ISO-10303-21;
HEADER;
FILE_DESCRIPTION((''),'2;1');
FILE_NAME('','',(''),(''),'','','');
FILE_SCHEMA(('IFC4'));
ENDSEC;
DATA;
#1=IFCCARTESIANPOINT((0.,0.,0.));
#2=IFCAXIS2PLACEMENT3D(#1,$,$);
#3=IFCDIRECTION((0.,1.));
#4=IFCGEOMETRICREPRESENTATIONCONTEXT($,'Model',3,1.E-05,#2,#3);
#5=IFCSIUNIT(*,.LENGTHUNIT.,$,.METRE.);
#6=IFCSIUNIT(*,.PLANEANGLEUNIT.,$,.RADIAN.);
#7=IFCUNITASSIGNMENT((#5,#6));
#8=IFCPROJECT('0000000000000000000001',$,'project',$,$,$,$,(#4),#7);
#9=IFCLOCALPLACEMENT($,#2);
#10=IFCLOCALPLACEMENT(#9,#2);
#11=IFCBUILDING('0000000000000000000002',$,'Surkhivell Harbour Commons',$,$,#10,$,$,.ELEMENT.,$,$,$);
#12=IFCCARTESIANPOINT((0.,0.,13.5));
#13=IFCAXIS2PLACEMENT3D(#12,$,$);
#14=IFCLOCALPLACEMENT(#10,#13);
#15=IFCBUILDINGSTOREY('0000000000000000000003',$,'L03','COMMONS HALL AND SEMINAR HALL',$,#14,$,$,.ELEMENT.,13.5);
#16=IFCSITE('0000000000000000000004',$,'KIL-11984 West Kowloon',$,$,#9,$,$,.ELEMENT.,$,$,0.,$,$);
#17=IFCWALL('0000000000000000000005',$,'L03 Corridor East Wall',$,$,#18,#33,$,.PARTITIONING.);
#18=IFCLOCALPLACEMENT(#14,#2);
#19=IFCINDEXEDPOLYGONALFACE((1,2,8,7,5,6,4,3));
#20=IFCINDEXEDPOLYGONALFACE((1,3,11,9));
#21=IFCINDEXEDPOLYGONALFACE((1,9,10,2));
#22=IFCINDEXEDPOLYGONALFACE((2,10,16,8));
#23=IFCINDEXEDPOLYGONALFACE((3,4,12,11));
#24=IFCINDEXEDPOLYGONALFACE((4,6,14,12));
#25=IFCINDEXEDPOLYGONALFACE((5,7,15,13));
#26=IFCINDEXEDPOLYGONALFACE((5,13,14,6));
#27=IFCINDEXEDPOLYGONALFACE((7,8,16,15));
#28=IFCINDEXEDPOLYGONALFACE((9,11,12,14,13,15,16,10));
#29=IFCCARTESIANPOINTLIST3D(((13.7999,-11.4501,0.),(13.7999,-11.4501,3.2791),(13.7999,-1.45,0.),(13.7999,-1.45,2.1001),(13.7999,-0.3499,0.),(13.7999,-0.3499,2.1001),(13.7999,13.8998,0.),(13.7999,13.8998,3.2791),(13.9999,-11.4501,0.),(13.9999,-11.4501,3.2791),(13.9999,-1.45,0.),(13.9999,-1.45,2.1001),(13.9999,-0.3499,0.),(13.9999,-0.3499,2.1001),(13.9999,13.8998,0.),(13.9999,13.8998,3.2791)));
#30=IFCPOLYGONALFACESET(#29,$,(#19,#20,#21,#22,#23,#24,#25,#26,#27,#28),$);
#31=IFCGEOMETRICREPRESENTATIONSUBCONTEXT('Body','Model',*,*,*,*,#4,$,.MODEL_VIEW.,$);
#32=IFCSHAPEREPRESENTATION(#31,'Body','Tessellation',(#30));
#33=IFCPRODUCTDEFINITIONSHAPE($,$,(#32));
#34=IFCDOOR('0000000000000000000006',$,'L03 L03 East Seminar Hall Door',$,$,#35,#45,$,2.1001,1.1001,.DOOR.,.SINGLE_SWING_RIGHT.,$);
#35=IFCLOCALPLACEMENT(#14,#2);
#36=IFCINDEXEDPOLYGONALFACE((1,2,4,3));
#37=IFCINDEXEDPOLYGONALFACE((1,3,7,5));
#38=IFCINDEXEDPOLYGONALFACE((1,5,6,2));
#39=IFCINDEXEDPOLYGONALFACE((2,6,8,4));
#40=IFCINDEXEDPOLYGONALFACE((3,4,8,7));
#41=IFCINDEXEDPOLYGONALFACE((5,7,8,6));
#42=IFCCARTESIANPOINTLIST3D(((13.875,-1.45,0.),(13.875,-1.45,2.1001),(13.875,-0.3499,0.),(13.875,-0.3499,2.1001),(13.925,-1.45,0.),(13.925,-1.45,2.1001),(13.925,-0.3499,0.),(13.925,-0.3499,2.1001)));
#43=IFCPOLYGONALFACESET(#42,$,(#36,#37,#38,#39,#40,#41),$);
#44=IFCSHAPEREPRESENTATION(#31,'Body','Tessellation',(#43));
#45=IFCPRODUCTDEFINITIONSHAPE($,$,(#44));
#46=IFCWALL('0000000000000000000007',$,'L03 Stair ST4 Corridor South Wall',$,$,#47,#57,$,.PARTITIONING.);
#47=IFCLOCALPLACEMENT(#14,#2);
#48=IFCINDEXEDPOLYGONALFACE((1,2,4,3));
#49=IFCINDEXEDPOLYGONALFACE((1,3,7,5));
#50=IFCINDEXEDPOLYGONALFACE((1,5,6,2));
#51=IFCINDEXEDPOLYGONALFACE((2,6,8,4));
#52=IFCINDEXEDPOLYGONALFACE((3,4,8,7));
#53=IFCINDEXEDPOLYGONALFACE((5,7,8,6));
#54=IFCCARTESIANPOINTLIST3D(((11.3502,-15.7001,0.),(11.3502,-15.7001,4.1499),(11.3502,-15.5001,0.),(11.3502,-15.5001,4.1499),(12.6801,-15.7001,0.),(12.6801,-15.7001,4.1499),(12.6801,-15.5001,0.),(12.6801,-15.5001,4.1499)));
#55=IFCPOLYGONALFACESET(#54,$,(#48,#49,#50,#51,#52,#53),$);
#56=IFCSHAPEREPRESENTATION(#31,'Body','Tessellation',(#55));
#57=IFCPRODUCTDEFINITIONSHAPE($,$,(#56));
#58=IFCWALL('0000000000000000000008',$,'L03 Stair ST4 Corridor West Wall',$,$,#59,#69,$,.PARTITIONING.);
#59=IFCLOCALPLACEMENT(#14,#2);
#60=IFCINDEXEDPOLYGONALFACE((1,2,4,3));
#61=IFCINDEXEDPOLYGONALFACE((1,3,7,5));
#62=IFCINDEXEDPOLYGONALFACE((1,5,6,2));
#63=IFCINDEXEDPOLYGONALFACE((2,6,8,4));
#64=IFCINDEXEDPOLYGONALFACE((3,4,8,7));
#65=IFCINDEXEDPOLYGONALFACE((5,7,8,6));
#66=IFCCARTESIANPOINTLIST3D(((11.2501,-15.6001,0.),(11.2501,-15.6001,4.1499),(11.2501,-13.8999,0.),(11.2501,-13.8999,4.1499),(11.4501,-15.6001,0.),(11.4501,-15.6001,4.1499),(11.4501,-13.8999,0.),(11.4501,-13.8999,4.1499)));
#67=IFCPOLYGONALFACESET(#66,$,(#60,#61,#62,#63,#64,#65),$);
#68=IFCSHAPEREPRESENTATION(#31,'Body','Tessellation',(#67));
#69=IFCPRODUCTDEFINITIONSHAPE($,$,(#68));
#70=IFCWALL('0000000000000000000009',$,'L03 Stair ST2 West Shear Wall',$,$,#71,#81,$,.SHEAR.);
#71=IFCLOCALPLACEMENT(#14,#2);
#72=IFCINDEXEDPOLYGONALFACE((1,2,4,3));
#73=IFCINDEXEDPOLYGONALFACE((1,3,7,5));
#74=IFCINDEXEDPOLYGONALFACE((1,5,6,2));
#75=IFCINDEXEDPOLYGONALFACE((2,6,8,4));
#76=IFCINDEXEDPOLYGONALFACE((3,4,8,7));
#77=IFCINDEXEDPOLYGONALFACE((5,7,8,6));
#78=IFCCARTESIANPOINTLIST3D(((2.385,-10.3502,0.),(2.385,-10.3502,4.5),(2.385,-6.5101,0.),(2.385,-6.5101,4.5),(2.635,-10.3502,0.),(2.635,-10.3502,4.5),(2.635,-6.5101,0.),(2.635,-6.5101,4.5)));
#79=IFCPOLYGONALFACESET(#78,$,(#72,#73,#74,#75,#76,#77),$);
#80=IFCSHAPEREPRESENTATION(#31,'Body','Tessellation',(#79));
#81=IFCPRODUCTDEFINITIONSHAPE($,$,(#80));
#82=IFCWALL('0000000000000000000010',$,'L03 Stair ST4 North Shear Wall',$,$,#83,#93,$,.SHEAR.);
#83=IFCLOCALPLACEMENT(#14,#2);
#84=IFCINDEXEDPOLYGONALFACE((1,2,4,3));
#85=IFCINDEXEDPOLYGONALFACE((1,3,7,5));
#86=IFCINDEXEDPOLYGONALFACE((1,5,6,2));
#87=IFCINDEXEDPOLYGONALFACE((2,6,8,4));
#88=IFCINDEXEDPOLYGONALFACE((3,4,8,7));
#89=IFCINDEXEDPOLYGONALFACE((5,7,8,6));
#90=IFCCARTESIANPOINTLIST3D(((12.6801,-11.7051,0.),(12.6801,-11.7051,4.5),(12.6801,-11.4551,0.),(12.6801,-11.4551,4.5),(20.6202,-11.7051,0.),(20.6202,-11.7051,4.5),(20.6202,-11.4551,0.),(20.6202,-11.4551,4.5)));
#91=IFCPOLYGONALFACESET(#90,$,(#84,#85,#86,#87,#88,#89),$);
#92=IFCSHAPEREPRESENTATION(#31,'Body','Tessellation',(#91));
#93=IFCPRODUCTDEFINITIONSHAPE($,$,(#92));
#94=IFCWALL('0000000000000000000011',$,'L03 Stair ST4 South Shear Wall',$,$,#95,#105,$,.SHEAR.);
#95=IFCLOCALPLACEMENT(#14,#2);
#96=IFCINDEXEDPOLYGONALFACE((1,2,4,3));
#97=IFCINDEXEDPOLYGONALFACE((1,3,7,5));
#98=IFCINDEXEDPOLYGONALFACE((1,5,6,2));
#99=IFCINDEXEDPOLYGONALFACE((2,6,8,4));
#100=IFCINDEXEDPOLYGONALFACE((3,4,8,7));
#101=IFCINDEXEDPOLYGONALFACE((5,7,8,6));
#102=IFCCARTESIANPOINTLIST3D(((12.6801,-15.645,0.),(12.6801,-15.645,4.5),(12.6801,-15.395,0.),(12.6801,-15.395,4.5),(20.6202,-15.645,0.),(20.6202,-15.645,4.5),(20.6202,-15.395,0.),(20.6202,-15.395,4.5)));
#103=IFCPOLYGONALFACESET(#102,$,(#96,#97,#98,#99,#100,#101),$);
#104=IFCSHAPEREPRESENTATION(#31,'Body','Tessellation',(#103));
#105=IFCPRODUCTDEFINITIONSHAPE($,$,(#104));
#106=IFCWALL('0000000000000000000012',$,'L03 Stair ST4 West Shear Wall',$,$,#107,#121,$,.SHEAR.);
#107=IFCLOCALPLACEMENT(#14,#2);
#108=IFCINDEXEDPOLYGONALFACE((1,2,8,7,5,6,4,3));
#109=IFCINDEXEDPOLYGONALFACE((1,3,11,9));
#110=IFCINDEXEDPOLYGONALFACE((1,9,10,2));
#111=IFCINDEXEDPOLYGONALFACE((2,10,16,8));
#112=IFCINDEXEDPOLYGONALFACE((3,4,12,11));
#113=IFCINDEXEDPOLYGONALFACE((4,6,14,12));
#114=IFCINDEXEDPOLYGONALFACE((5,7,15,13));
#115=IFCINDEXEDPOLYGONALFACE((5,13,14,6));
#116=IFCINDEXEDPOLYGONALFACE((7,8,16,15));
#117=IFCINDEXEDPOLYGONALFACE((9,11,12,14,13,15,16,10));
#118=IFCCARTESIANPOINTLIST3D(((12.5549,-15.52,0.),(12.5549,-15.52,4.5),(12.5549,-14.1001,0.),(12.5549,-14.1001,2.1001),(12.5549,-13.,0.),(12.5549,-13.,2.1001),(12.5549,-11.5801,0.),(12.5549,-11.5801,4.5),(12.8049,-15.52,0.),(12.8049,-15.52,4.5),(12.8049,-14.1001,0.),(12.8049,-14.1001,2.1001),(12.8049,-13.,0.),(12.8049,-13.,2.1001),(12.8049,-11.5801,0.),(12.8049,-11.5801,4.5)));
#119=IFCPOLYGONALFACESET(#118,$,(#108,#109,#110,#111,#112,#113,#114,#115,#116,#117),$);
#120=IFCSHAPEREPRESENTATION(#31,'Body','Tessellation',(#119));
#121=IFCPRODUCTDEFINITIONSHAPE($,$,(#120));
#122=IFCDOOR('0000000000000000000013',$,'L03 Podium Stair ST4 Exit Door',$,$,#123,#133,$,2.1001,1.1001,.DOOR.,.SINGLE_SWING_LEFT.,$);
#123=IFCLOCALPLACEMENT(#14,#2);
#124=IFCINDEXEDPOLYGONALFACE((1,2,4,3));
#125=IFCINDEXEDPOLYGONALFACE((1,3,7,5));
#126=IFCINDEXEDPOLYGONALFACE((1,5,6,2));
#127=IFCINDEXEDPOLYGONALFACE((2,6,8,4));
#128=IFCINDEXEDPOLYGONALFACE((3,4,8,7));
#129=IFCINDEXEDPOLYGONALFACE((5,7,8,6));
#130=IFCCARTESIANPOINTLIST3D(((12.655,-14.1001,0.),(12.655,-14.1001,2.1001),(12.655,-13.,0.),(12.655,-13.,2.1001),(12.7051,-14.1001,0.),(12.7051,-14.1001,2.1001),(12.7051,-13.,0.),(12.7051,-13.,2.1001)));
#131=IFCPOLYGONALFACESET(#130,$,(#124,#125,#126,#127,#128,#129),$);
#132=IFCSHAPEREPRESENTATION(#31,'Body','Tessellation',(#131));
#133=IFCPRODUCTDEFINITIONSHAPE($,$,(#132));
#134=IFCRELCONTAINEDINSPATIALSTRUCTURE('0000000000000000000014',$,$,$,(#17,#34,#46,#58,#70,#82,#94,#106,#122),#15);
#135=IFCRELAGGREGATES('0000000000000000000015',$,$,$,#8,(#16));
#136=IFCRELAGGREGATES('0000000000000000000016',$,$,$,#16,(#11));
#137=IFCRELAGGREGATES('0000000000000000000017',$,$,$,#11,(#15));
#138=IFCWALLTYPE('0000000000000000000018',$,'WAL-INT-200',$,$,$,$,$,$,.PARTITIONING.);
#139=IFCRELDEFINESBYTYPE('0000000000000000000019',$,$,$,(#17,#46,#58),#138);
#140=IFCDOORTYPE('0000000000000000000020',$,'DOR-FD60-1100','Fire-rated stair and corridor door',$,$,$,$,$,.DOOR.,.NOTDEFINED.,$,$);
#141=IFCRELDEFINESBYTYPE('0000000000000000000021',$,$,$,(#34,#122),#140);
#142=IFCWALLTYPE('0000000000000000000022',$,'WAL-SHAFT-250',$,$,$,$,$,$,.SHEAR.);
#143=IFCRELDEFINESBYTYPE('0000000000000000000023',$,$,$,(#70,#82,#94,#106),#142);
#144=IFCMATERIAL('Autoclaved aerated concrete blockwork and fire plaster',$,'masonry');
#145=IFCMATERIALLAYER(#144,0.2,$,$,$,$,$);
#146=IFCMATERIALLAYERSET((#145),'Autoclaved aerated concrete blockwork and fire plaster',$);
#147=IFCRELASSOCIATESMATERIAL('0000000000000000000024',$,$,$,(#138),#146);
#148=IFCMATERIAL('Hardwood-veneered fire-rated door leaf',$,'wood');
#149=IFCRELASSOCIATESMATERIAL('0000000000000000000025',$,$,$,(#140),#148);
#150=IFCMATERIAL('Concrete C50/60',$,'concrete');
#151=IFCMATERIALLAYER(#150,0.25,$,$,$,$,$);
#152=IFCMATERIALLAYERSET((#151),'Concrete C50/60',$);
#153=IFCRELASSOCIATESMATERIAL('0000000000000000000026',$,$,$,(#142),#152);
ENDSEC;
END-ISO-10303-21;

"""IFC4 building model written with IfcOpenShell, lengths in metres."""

from ifc_helpers import new_model, si_unit, direction, frame, frame_2d, origin, place, context, subcontext, project, spatial, rectangle, extrude, material, layer, layer_set, type_object, element, fill, save


model = new_model("IFC4")

# Units and contexts
model_context = context("Model", 3, precision=1e-05, world=origin(), true_north=direction((0.0, 1.0)))
body_context = subcontext(model_context, "Body", "Model", "MODEL_VIEW")
ifc_project = project(units=[si_unit("LENGTHUNIT", "METRE"), si_unit("PLANEANGLEUNIT", "RADIAN")], contexts=[model_context])

# Site, building, storey
site_placement = place(None, origin())
site = spatial("IfcSite", under=ifc_project, at=site_placement, Name="KIL-11984 West Kowloon", CompositionType="ELEMENT", RefElevation=0.0)
building_placement = place(site_placement, origin())
building = spatial("IfcBuilding", under=site, at=building_placement, Name="Surkhivell Harbour Commons", CompositionType="ELEMENT")
storey_placement = place(building_placement, frame((0.0, 0.0, 13.5)))
storey = spatial("IfcBuildingStorey", under=building, at=storey_placement, Name="L03", Description="COMMONS HALL AND SEMINAR HALL", CompositionType="ELEMENT", Elevation=13.5)

# Wall, opening, door
ifc_material_1 = material(Name="Autoclaved aerated concrete blockwork and fire plaster", Category="masonry")
ifc_layer_1 = layer(ifc_material_1, 0.2)
ifc_layer_set_1 = layer_set([ifc_layer_1], Name="Autoclaved aerated concrete blockwork and fire plaster")
wall_type_1 = type_object("IfcWallType", Name="WAL-INT-200", PredefinedType="PARTITIONING", material=ifc_layer_set_1)
wall_1_placement = place(storey_placement, frame((13.8999, -11.45, 0.0), z_axis=(0.0, 0.0, 1.0), x_axis=(0.0, 1.0, 0.0)))
wall_1 = element("IfcWall", 1, at=wall_1_placement, inside=storey, type_object=wall_type_1, Name="L03 Corridor East Wall", PredefinedType="PARTITIONING", context=body_context, shape_type="SweptSolid", body=[
    extrude(rectangle(XDim=25.3499, YDim=0.2, at=frame_2d((12.6748, 0.0))), origin(), (0.0, 0.0, 1.0), 3.2791),
])
opening_1_placement = place(wall_1_placement, frame((10.0, 0.0, 0.0)))
opening_1 = element("IfcOpeningElement", 2, at=opening_1_placement, cuts=wall_1, PredefinedType="OPENING", context=body_context, shape_type="SweptSolid", body=[
    extrude(rectangle(XDim=1.1001, YDim=2.1001, at=frame_2d((0.55, 1.05))), frame((0.0, 0.1099, 0.0), z_axis=(0.0, -1.0, 0.0), x_axis=(1.0, 0.0, 0.0)), (0.0, 0.0, 1.0), 0.22),
])
ifc_material_2 = material(Name="Hardwood-veneered fire-rated door leaf", Category="wood")
door_type = type_object("IfcDoorType", Name="DOR-FD60-1100", Description="Fire-rated stair and corridor door", OperationType="NOTDEFINED", PredefinedType="DOOR", material=ifc_material_2)
door_1_placement = place(opening_1_placement, origin())
door_1 = element("IfcDoor", 3, at=door_1_placement, inside=storey, type_object=door_type, Name="L03 L03 East Seminar Hall Door", OperationType="SINGLE_SWING_RIGHT", OverallHeight=2.1001, OverallWidth=1.1001, PredefinedType="DOOR", context=body_context, shape_type="SweptSolid", body=[
    extrude(rectangle(XDim=1.1001, YDim=2.1001, at=frame_2d((0.55, 1.05))), frame((0.0, 0.0249, 0.0), z_axis=(0.0, -1.0, 0.0), x_axis=(1.0, 0.0, 0.0)), (0.0, 0.0, 1.0), 0.05),
])
fill(opening_1, door_1)

# Walls
wall_2_placement = place(storey_placement, frame((11.3501, -15.6001, 0.0), z_axis=(0.0, 0.0, 1.0), x_axis=(1.0, 0.0, 0.0)))
element("IfcWall", 4, at=wall_2_placement, inside=storey, type_object=wall_type_1, Name="L03 Stair ST4 Corridor South Wall", PredefinedType="PARTITIONING", context=body_context, shape_type="SweptSolid", body=[
    extrude(rectangle(XDim=1.3298, YDim=0.2, at=frame_2d((0.665, 0.0))), origin(), (0.0, 0.0, 1.0), 4.1499),
])
wall_3_placement = place(storey_placement, frame((11.3501, -15.6001, 0.0), z_axis=(0.0, 0.0, 1.0), x_axis=(0.0, 1.0, 0.0)))
element("IfcWall", 5, at=wall_3_placement, inside=storey, type_object=wall_type_1, Name="L03 Stair ST4 Corridor West Wall", PredefinedType="PARTITIONING", context=body_context, shape_type="SweptSolid", body=[
    extrude(rectangle(XDim=1.7002, YDim=0.2, at=frame_2d((0.8501, 0.0))), origin(), (0.0, 0.0, 1.0), 4.1499),
])
ifc_material_3 = material(Name="Concrete C50/60", Category="concrete")
ifc_layer_2 = layer(ifc_material_3, 0.25)
ifc_layer_set_2 = layer_set([ifc_layer_2], Name="Concrete C50/60")
wall_type_2 = type_object("IfcWallType", Name="WAL-SHAFT-250", PredefinedType="SHEAR", material=ifc_layer_set_2)
wall_4_placement = place(storey_placement, frame((2.51, -10.3501, 0.0), z_axis=(0.0, 0.0, 1.0), x_axis=(0.0, 1.0, 0.0)))
element("IfcWall", 6, at=wall_4_placement, inside=storey, type_object=wall_type_2, Name="L03 Stair ST2 West Shear Wall", PredefinedType="SHEAR", context=body_context, shape_type="SweptSolid", body=[
    extrude(rectangle(XDim=3.8401, YDim=0.25, at=frame_2d((1.9199, 0.0))), origin(), (0.0, 0.0, 1.0), 4.5),
])
for number, where, z_axis, x_axis, name in (
    (7, (12.6799, -11.5801, 0.0), (0.0, 0.0, 1.0), (1.0, 0.0, 0.0), "L03 Stair ST4 North Shear Wall"),
    (8, (12.6799, -15.52, 0.0), (0.0, 0.0, 1.0), (1.0, 0.0, 0.0), "L03 Stair ST4 South Shear Wall"),
):
    element("IfcWall", number, at=place(storey_placement, frame(where, z_axis=z_axis, x_axis=x_axis)), inside=storey, type_object=wall_type_2, Name=name, PredefinedType="SHEAR", context=body_context, shape_type="SweptSolid", body=[
        extrude(rectangle(XDim=7.9402, YDim=0.25, at=frame_2d((3.9702, 0.0))), origin(), (0.0, 0.0, 1.0), 4.5),
    ])

# Wall, opening, door
wall_5_placement = place(storey_placement, frame((12.6799, -15.52, 0.0), z_axis=(0.0, 0.0, 1.0), x_axis=(0.0, 1.0, 0.0)))
wall_5 = element("IfcWall", 9, at=wall_5_placement, inside=storey, type_object=wall_type_2, Name="L03 Stair ST4 West Shear Wall", PredefinedType="SHEAR", context=body_context, shape_type="SweptSolid", body=[
    extrude(rectangle(XDim=3.9399, YDim=0.25, at=frame_2d((1.97, 0.0))), origin(), (0.0, 0.0, 1.0), 4.5),
])
opening_2_placement = place(wall_5_placement, frame((1.4199, 0.0, 0.0)))
opening_2 = element("IfcOpeningElement", 10, at=opening_2_placement, cuts=wall_5, PredefinedType="OPENING", context=body_context, shape_type="SweptSolid", body=[
    extrude(rectangle(XDim=1.1001, YDim=2.1001, at=frame_2d((0.55, 1.05))), frame((0.0, 0.135, 0.0), z_axis=(0.0, -1.0, 0.0), x_axis=(1.0, 0.0, 0.0)), (0.0, 0.0, 1.0), 0.27),
])
door_2_placement = place(opening_2_placement, origin())
door_2 = element("IfcDoor", 11, at=door_2_placement, inside=storey, type_object=door_type, Name="L03 Podium Stair ST4 Exit Door", OperationType="SINGLE_SWING_LEFT", OverallHeight=2.1001, OverallWidth=1.1001, PredefinedType="DOOR", context=body_context, shape_type="SweptSolid", body=[
    extrude(rectangle(XDim=1.1001, YDim=2.1001, at=frame_2d((0.55, 1.05))), frame((0.0, 0.0249, 0.0), z_axis=(0.0, -1.0, 0.0), x_axis=(1.0, 0.0, 0.0)), (0.0, 0.0, 1.0), 0.05),
])
fill(opening_2, door_2)

save(model, "model.ifc")
